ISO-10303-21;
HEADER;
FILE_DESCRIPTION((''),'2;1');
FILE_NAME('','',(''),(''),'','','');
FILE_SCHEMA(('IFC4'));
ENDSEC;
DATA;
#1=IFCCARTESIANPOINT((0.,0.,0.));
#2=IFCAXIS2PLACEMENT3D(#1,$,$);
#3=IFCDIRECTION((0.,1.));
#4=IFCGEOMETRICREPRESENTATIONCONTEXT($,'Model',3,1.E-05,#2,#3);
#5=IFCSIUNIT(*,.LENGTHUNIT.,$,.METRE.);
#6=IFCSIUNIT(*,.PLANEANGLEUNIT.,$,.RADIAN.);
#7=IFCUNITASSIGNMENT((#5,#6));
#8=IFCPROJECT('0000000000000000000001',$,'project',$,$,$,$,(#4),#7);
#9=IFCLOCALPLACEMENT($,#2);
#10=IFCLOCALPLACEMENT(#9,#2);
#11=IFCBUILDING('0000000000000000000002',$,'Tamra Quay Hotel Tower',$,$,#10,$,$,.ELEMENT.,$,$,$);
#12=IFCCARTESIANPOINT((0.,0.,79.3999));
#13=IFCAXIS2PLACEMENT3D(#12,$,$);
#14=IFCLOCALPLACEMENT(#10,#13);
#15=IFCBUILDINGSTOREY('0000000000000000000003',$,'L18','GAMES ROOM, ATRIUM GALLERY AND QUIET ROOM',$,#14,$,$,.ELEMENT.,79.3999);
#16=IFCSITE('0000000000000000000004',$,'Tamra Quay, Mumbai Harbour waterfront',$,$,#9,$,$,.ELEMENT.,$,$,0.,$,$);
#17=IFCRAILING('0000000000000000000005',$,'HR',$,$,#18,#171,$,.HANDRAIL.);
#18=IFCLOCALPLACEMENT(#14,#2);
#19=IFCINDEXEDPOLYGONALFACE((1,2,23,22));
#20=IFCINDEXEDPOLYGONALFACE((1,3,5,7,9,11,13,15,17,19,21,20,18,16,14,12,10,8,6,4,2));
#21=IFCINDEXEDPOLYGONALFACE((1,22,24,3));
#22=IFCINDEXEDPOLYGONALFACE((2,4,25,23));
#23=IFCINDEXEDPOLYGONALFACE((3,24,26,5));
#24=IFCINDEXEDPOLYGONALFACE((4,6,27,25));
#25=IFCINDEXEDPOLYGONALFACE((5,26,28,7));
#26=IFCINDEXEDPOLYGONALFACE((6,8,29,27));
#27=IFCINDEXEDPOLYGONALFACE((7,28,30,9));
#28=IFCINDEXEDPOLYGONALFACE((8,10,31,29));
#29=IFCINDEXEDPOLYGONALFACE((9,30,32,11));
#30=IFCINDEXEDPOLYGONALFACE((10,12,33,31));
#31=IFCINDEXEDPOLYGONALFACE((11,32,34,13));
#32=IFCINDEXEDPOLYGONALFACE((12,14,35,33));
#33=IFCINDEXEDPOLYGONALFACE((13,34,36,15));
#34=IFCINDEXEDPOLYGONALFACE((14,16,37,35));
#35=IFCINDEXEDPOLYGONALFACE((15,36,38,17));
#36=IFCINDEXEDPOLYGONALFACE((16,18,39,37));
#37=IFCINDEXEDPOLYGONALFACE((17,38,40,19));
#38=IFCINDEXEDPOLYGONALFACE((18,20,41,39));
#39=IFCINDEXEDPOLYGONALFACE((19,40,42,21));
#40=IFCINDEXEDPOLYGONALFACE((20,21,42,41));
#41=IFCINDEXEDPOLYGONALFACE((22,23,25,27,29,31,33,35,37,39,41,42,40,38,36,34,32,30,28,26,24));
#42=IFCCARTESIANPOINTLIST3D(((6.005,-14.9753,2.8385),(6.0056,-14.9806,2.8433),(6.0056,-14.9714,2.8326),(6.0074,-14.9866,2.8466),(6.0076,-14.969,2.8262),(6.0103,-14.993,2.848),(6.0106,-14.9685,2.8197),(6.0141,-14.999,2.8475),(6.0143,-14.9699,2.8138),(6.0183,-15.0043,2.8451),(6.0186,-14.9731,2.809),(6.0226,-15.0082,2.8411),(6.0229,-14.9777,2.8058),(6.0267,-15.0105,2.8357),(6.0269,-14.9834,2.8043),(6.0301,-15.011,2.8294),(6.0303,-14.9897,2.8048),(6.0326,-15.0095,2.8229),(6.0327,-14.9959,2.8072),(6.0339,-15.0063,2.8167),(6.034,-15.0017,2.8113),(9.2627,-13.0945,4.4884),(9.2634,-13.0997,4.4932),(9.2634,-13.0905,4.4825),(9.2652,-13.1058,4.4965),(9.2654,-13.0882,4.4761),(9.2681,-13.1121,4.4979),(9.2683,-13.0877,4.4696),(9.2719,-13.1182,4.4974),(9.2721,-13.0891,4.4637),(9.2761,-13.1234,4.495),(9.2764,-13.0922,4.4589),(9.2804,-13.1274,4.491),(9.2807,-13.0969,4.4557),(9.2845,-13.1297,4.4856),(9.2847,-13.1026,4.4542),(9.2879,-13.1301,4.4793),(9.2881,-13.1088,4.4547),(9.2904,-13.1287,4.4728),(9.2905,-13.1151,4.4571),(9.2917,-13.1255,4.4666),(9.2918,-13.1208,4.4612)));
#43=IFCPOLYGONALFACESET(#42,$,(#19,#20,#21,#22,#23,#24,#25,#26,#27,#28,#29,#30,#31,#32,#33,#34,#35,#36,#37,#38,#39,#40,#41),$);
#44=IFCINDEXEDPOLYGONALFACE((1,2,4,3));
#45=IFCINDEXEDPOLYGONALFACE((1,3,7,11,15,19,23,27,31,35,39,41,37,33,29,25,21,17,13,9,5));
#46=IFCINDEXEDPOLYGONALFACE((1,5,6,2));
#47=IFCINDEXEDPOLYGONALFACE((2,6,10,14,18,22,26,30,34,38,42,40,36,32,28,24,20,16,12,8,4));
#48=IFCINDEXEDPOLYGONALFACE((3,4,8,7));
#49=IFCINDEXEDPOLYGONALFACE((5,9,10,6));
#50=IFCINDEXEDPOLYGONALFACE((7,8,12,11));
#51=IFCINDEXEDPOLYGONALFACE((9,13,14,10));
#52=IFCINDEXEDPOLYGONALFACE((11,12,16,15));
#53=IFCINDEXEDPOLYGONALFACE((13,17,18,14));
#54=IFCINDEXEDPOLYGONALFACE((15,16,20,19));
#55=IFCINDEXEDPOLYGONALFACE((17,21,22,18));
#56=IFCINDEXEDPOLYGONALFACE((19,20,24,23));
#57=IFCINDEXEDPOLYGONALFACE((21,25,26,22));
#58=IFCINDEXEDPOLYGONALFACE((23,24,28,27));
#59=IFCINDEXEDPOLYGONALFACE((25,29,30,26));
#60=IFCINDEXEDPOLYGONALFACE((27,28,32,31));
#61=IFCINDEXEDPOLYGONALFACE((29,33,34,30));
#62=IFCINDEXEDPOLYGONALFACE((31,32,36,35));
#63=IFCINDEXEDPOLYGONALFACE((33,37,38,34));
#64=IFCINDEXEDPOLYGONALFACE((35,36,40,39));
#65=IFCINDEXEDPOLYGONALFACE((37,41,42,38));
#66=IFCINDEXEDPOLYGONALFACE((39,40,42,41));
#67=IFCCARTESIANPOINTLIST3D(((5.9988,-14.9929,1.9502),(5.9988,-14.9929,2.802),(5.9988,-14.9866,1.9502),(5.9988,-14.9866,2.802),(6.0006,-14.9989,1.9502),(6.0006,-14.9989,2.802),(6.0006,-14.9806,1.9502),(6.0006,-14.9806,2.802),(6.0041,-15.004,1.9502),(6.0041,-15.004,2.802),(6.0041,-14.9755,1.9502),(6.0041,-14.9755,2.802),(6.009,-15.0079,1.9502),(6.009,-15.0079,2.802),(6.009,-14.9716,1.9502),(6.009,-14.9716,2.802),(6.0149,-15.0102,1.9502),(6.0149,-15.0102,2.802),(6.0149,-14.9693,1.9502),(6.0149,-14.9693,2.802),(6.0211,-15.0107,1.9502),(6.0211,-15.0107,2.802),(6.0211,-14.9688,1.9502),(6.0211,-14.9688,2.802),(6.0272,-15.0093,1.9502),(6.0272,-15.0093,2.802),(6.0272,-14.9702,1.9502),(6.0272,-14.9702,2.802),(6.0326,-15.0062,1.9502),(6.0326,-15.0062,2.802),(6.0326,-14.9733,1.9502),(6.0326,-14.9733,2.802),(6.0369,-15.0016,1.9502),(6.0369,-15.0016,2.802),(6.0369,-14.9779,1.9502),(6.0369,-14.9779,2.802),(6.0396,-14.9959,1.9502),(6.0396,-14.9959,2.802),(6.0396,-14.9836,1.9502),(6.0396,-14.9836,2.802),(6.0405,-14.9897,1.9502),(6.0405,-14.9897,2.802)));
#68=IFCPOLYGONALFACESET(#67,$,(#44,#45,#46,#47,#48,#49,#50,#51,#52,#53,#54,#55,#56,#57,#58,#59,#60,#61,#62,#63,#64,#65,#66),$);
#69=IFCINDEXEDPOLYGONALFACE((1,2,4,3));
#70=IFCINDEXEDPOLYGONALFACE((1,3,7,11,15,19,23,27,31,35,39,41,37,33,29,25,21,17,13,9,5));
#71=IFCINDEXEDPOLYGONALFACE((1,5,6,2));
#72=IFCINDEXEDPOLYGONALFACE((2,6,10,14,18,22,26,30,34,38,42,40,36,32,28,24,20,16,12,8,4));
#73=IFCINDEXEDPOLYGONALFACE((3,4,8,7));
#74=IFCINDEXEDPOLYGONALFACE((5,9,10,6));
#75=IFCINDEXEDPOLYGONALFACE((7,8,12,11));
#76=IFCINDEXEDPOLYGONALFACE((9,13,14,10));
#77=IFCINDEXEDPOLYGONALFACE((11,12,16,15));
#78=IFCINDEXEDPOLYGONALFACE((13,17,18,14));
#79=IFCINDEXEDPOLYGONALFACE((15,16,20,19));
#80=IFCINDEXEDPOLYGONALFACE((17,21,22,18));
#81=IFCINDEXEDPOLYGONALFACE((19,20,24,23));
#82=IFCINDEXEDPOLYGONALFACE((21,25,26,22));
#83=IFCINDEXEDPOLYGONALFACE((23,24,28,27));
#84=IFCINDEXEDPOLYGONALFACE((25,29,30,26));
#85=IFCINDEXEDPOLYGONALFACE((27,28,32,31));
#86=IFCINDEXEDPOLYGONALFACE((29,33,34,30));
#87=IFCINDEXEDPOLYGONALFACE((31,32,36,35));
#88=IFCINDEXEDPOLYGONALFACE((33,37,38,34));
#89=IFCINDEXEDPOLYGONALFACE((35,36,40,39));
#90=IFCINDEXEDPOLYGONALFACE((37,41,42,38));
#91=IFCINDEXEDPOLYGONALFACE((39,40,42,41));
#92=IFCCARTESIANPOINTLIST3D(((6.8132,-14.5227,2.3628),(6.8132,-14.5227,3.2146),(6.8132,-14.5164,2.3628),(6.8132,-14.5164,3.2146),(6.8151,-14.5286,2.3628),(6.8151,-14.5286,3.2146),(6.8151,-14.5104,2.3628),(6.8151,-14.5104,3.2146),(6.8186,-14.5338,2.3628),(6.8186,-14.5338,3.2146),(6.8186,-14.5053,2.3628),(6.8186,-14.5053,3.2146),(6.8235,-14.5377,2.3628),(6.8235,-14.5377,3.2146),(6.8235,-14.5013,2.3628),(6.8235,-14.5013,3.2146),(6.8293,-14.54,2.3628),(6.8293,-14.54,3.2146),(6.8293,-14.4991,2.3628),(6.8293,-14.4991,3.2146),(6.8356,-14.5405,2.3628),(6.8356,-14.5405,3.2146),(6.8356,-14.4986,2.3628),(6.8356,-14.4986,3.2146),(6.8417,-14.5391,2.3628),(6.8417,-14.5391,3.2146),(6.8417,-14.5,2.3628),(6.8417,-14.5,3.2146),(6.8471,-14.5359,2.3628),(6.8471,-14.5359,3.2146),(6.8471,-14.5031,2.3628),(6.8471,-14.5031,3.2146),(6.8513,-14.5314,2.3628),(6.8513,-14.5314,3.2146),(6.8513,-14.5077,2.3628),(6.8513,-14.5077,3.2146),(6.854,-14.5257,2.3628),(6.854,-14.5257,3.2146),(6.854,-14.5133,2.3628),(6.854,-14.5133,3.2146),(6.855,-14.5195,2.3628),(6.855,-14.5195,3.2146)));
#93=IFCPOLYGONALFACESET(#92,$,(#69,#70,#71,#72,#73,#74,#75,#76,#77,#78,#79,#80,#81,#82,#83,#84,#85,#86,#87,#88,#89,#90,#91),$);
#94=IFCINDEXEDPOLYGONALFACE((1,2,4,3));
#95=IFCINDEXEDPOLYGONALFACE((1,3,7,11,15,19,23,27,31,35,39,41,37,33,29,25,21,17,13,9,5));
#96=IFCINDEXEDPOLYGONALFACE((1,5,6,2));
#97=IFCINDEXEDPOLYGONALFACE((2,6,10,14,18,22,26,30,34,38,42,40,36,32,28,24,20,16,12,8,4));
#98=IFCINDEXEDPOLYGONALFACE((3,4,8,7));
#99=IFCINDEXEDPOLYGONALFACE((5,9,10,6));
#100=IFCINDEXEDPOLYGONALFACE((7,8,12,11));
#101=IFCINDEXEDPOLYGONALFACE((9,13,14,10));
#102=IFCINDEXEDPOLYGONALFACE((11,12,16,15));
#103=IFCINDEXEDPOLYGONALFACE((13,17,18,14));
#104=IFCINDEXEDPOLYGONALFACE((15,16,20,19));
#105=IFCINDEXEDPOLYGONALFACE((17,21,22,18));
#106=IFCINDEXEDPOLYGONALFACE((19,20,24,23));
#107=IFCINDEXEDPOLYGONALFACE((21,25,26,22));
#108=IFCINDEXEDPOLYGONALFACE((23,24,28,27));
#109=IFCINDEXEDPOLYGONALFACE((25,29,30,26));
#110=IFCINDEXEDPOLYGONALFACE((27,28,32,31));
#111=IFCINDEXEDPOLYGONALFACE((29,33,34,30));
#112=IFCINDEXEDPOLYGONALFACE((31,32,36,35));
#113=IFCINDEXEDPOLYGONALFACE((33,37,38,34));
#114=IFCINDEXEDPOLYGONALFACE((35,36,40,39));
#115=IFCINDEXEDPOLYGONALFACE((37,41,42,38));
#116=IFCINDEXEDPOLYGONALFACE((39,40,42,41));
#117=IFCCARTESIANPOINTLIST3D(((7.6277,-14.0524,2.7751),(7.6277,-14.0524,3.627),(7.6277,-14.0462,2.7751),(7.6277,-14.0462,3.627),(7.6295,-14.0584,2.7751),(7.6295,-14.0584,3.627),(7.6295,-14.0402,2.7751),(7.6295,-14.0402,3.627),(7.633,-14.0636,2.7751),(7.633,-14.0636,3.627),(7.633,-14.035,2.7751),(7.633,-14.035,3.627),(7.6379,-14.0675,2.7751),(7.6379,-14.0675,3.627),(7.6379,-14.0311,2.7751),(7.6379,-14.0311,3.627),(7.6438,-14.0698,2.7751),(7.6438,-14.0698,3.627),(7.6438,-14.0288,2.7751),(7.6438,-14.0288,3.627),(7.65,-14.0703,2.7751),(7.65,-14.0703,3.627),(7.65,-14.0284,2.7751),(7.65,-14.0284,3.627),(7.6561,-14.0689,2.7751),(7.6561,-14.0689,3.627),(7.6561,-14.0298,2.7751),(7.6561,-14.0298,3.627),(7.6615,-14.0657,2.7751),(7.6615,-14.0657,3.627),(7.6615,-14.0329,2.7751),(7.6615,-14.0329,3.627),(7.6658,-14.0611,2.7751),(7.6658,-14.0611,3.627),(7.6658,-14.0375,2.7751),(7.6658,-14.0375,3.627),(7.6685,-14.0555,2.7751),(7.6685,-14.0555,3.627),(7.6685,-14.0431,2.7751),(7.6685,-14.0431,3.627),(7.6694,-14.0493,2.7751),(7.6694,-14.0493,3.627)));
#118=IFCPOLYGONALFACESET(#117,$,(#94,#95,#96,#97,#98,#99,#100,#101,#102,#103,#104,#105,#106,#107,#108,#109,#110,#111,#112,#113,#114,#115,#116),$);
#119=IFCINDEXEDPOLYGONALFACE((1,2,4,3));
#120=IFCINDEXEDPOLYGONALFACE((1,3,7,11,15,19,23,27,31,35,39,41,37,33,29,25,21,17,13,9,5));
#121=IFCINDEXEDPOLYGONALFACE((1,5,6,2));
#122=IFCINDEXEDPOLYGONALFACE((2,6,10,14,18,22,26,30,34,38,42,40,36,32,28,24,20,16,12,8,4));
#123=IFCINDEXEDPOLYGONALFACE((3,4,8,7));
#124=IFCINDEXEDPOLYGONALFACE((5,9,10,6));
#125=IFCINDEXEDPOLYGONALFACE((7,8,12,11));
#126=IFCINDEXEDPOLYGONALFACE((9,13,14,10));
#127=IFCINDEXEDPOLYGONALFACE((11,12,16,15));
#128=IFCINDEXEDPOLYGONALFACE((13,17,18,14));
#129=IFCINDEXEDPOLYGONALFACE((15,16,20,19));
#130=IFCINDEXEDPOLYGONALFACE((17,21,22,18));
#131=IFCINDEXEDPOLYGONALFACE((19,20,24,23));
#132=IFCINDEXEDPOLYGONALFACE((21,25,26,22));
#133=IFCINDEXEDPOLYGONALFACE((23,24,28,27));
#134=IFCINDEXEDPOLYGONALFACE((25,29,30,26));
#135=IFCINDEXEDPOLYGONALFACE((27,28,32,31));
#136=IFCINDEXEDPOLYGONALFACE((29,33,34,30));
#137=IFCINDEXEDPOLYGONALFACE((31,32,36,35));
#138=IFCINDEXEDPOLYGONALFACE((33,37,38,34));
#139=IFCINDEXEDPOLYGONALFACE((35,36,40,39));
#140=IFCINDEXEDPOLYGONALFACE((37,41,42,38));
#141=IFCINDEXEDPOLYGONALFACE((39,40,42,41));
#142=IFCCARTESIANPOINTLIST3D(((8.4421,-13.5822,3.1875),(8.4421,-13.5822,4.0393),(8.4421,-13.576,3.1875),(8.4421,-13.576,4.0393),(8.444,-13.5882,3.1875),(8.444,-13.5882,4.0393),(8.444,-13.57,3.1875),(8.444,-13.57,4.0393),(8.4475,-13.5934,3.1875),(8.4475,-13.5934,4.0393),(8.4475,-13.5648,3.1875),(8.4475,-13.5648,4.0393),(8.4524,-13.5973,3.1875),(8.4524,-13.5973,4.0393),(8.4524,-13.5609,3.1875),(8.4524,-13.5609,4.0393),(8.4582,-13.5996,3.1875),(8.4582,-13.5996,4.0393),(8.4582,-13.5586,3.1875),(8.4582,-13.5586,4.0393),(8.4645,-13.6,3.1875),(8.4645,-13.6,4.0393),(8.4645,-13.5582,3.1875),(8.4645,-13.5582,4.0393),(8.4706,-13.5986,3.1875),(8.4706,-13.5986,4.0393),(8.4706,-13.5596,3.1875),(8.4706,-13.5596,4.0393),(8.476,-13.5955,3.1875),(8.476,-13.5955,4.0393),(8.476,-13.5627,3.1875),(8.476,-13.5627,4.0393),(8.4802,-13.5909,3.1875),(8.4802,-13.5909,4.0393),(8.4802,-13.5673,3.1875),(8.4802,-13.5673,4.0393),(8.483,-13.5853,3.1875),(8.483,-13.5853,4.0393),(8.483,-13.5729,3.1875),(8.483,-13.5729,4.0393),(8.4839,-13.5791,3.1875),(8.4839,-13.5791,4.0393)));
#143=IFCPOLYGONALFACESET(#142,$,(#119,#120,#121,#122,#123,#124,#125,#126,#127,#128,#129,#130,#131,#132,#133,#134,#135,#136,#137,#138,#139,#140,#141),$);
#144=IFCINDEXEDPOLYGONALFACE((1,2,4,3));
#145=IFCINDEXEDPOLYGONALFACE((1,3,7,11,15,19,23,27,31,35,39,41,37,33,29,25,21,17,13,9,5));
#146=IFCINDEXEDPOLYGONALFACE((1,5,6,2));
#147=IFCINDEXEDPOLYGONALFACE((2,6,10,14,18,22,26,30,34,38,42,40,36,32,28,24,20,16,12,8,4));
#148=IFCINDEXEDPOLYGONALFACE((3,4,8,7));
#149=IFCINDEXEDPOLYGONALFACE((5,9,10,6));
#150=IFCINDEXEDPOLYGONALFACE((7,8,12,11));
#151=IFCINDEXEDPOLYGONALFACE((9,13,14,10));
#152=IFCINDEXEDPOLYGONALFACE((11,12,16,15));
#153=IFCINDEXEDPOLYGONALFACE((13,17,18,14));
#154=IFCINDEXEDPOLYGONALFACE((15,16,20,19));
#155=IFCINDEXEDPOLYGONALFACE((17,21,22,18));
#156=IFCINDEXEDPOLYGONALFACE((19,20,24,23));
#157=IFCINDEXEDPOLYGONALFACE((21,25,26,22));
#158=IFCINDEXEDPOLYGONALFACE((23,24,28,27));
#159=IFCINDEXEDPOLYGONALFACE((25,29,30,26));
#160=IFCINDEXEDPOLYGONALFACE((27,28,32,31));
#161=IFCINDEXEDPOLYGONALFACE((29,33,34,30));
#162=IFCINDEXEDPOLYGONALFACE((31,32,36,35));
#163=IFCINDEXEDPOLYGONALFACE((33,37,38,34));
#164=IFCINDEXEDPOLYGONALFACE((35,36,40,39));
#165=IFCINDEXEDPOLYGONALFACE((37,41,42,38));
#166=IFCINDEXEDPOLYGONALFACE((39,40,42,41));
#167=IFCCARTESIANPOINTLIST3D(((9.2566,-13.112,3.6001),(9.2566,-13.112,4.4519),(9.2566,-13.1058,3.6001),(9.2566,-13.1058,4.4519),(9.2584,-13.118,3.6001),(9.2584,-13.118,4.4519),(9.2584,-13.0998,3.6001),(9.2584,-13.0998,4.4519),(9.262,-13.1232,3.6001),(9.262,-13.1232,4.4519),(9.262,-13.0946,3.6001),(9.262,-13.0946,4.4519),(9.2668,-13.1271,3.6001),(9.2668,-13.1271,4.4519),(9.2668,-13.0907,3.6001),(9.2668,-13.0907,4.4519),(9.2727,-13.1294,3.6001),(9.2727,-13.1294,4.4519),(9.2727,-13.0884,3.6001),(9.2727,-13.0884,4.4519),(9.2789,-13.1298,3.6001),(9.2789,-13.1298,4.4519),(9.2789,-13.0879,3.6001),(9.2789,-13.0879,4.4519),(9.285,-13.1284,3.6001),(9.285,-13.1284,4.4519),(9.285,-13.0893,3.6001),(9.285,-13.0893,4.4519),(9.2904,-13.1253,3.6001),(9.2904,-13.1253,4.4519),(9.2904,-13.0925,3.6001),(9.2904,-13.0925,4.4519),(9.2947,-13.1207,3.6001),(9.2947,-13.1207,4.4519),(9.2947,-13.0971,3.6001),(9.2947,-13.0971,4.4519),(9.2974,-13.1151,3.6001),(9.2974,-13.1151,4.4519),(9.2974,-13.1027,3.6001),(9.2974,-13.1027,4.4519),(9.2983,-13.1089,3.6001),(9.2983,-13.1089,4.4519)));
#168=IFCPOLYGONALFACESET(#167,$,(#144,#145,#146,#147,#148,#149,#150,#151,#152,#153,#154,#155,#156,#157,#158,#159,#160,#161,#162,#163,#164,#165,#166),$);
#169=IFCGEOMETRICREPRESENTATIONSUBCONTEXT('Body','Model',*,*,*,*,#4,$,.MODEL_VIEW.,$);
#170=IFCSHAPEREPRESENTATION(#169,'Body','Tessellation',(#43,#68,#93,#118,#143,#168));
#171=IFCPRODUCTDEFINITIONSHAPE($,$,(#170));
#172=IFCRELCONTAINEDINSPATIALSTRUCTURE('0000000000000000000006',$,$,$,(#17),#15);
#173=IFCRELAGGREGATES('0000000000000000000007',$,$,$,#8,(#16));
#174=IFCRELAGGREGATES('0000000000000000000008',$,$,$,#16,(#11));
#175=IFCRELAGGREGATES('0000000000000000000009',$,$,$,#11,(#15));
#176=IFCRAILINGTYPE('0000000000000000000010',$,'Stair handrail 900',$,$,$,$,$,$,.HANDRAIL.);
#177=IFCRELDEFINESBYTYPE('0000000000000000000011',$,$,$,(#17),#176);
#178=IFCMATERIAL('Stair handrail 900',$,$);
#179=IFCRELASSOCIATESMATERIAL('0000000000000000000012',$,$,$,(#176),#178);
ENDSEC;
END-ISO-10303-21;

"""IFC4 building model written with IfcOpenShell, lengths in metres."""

from ifc_helpers import new_model, si_unit, direction, frame, origin, origin_2d, place, context, subcontext, project, spatial, circle, extrude, material, type_object, element, save


model = new_model("IFC4")

# Units and contexts
model_context = context("Model", 3, precision=1e-05, world=origin(), true_north=direction((0.0, 1.0)))
body_context = subcontext(model_context, "Body", "Model", "MODEL_VIEW")
ifc_project = project(units=[si_unit("LENGTHUNIT", "METRE"), si_unit("PLANEANGLEUNIT", "RADIAN")], contexts=[model_context])

# Site, building, storey
site_placement = place(None, origin())
site = spatial("IfcSite", under=ifc_project, at=site_placement, Name="Tamra Quay, Mumbai Harbour waterfront", CompositionType="ELEMENT", RefElevation=0.0)
building_placement = place(site_placement, origin())
building = spatial("IfcBuilding", under=site, at=building_placement, Name="Tamra Quay Hotel Tower", CompositionType="ELEMENT")
storey_placement = place(building_placement, frame((0.0, 0.0, 79.3999)))
storey = spatial("IfcBuildingStorey", under=building, at=storey_placement, Name="L18", Description="GAMES ROOM, ATRIUM GALLERY AND QUIET ROOM", CompositionType="ELEMENT", Elevation=79.3999)

# Railing
ifc_material_1 = material(Name="Stair handrail 900")
railing_type_1 = type_object("IfcRailingType", Name="Stair handrail 900", PredefinedType="HANDRAIL", material=ifc_material_1)
railing_1_placement = place(storey_placement, frame((6.0195, -14.9897, 1.9502)))
element("IfcRailing", 1, at=railing_1_placement, inside=storey, type_object=railing_type_1, Name="HR", PredefinedType="HANDRAIL", context=body_context, shape_type="SweptSolid", body=[
    extrude(circle(Radius=0.0239, at=origin_2d()), frame((0.0, 0.0, 0.876), z_axis=(0.7931, 0.457887, 0.401661), x_axis=(-0.499992, 0.86603, 0.0)), (0.0, 0.0, 1.0), 4.1077),
    extrude(circle(Radius=0.021, at=origin_2d()), origin(), (0.0, 0.0, 1.0), 0.8518),
    extrude(circle(Radius=0.021, at=origin_2d()), frame((0.8145, 0.4702, 0.4126)), (0.0, 0.0, 1.0), 0.8518),
    extrude(circle(Radius=0.021, at=origin_2d()), frame((1.6289, 0.9404, 0.825)), (0.0, 0.0, 1.0), 0.8518),
    extrude(circle(Radius=0.021, at=origin_2d()), frame((2.4434, 1.4106, 1.2373)), (0.0, 0.0, 1.0), 0.8518),
    extrude(circle(Radius=0.021, at=origin_2d()), frame((3.2578, 1.8809, 1.6499)), (0.0, 0.0, 1.0), 0.8518),
])

save(model, "model.ifc")
